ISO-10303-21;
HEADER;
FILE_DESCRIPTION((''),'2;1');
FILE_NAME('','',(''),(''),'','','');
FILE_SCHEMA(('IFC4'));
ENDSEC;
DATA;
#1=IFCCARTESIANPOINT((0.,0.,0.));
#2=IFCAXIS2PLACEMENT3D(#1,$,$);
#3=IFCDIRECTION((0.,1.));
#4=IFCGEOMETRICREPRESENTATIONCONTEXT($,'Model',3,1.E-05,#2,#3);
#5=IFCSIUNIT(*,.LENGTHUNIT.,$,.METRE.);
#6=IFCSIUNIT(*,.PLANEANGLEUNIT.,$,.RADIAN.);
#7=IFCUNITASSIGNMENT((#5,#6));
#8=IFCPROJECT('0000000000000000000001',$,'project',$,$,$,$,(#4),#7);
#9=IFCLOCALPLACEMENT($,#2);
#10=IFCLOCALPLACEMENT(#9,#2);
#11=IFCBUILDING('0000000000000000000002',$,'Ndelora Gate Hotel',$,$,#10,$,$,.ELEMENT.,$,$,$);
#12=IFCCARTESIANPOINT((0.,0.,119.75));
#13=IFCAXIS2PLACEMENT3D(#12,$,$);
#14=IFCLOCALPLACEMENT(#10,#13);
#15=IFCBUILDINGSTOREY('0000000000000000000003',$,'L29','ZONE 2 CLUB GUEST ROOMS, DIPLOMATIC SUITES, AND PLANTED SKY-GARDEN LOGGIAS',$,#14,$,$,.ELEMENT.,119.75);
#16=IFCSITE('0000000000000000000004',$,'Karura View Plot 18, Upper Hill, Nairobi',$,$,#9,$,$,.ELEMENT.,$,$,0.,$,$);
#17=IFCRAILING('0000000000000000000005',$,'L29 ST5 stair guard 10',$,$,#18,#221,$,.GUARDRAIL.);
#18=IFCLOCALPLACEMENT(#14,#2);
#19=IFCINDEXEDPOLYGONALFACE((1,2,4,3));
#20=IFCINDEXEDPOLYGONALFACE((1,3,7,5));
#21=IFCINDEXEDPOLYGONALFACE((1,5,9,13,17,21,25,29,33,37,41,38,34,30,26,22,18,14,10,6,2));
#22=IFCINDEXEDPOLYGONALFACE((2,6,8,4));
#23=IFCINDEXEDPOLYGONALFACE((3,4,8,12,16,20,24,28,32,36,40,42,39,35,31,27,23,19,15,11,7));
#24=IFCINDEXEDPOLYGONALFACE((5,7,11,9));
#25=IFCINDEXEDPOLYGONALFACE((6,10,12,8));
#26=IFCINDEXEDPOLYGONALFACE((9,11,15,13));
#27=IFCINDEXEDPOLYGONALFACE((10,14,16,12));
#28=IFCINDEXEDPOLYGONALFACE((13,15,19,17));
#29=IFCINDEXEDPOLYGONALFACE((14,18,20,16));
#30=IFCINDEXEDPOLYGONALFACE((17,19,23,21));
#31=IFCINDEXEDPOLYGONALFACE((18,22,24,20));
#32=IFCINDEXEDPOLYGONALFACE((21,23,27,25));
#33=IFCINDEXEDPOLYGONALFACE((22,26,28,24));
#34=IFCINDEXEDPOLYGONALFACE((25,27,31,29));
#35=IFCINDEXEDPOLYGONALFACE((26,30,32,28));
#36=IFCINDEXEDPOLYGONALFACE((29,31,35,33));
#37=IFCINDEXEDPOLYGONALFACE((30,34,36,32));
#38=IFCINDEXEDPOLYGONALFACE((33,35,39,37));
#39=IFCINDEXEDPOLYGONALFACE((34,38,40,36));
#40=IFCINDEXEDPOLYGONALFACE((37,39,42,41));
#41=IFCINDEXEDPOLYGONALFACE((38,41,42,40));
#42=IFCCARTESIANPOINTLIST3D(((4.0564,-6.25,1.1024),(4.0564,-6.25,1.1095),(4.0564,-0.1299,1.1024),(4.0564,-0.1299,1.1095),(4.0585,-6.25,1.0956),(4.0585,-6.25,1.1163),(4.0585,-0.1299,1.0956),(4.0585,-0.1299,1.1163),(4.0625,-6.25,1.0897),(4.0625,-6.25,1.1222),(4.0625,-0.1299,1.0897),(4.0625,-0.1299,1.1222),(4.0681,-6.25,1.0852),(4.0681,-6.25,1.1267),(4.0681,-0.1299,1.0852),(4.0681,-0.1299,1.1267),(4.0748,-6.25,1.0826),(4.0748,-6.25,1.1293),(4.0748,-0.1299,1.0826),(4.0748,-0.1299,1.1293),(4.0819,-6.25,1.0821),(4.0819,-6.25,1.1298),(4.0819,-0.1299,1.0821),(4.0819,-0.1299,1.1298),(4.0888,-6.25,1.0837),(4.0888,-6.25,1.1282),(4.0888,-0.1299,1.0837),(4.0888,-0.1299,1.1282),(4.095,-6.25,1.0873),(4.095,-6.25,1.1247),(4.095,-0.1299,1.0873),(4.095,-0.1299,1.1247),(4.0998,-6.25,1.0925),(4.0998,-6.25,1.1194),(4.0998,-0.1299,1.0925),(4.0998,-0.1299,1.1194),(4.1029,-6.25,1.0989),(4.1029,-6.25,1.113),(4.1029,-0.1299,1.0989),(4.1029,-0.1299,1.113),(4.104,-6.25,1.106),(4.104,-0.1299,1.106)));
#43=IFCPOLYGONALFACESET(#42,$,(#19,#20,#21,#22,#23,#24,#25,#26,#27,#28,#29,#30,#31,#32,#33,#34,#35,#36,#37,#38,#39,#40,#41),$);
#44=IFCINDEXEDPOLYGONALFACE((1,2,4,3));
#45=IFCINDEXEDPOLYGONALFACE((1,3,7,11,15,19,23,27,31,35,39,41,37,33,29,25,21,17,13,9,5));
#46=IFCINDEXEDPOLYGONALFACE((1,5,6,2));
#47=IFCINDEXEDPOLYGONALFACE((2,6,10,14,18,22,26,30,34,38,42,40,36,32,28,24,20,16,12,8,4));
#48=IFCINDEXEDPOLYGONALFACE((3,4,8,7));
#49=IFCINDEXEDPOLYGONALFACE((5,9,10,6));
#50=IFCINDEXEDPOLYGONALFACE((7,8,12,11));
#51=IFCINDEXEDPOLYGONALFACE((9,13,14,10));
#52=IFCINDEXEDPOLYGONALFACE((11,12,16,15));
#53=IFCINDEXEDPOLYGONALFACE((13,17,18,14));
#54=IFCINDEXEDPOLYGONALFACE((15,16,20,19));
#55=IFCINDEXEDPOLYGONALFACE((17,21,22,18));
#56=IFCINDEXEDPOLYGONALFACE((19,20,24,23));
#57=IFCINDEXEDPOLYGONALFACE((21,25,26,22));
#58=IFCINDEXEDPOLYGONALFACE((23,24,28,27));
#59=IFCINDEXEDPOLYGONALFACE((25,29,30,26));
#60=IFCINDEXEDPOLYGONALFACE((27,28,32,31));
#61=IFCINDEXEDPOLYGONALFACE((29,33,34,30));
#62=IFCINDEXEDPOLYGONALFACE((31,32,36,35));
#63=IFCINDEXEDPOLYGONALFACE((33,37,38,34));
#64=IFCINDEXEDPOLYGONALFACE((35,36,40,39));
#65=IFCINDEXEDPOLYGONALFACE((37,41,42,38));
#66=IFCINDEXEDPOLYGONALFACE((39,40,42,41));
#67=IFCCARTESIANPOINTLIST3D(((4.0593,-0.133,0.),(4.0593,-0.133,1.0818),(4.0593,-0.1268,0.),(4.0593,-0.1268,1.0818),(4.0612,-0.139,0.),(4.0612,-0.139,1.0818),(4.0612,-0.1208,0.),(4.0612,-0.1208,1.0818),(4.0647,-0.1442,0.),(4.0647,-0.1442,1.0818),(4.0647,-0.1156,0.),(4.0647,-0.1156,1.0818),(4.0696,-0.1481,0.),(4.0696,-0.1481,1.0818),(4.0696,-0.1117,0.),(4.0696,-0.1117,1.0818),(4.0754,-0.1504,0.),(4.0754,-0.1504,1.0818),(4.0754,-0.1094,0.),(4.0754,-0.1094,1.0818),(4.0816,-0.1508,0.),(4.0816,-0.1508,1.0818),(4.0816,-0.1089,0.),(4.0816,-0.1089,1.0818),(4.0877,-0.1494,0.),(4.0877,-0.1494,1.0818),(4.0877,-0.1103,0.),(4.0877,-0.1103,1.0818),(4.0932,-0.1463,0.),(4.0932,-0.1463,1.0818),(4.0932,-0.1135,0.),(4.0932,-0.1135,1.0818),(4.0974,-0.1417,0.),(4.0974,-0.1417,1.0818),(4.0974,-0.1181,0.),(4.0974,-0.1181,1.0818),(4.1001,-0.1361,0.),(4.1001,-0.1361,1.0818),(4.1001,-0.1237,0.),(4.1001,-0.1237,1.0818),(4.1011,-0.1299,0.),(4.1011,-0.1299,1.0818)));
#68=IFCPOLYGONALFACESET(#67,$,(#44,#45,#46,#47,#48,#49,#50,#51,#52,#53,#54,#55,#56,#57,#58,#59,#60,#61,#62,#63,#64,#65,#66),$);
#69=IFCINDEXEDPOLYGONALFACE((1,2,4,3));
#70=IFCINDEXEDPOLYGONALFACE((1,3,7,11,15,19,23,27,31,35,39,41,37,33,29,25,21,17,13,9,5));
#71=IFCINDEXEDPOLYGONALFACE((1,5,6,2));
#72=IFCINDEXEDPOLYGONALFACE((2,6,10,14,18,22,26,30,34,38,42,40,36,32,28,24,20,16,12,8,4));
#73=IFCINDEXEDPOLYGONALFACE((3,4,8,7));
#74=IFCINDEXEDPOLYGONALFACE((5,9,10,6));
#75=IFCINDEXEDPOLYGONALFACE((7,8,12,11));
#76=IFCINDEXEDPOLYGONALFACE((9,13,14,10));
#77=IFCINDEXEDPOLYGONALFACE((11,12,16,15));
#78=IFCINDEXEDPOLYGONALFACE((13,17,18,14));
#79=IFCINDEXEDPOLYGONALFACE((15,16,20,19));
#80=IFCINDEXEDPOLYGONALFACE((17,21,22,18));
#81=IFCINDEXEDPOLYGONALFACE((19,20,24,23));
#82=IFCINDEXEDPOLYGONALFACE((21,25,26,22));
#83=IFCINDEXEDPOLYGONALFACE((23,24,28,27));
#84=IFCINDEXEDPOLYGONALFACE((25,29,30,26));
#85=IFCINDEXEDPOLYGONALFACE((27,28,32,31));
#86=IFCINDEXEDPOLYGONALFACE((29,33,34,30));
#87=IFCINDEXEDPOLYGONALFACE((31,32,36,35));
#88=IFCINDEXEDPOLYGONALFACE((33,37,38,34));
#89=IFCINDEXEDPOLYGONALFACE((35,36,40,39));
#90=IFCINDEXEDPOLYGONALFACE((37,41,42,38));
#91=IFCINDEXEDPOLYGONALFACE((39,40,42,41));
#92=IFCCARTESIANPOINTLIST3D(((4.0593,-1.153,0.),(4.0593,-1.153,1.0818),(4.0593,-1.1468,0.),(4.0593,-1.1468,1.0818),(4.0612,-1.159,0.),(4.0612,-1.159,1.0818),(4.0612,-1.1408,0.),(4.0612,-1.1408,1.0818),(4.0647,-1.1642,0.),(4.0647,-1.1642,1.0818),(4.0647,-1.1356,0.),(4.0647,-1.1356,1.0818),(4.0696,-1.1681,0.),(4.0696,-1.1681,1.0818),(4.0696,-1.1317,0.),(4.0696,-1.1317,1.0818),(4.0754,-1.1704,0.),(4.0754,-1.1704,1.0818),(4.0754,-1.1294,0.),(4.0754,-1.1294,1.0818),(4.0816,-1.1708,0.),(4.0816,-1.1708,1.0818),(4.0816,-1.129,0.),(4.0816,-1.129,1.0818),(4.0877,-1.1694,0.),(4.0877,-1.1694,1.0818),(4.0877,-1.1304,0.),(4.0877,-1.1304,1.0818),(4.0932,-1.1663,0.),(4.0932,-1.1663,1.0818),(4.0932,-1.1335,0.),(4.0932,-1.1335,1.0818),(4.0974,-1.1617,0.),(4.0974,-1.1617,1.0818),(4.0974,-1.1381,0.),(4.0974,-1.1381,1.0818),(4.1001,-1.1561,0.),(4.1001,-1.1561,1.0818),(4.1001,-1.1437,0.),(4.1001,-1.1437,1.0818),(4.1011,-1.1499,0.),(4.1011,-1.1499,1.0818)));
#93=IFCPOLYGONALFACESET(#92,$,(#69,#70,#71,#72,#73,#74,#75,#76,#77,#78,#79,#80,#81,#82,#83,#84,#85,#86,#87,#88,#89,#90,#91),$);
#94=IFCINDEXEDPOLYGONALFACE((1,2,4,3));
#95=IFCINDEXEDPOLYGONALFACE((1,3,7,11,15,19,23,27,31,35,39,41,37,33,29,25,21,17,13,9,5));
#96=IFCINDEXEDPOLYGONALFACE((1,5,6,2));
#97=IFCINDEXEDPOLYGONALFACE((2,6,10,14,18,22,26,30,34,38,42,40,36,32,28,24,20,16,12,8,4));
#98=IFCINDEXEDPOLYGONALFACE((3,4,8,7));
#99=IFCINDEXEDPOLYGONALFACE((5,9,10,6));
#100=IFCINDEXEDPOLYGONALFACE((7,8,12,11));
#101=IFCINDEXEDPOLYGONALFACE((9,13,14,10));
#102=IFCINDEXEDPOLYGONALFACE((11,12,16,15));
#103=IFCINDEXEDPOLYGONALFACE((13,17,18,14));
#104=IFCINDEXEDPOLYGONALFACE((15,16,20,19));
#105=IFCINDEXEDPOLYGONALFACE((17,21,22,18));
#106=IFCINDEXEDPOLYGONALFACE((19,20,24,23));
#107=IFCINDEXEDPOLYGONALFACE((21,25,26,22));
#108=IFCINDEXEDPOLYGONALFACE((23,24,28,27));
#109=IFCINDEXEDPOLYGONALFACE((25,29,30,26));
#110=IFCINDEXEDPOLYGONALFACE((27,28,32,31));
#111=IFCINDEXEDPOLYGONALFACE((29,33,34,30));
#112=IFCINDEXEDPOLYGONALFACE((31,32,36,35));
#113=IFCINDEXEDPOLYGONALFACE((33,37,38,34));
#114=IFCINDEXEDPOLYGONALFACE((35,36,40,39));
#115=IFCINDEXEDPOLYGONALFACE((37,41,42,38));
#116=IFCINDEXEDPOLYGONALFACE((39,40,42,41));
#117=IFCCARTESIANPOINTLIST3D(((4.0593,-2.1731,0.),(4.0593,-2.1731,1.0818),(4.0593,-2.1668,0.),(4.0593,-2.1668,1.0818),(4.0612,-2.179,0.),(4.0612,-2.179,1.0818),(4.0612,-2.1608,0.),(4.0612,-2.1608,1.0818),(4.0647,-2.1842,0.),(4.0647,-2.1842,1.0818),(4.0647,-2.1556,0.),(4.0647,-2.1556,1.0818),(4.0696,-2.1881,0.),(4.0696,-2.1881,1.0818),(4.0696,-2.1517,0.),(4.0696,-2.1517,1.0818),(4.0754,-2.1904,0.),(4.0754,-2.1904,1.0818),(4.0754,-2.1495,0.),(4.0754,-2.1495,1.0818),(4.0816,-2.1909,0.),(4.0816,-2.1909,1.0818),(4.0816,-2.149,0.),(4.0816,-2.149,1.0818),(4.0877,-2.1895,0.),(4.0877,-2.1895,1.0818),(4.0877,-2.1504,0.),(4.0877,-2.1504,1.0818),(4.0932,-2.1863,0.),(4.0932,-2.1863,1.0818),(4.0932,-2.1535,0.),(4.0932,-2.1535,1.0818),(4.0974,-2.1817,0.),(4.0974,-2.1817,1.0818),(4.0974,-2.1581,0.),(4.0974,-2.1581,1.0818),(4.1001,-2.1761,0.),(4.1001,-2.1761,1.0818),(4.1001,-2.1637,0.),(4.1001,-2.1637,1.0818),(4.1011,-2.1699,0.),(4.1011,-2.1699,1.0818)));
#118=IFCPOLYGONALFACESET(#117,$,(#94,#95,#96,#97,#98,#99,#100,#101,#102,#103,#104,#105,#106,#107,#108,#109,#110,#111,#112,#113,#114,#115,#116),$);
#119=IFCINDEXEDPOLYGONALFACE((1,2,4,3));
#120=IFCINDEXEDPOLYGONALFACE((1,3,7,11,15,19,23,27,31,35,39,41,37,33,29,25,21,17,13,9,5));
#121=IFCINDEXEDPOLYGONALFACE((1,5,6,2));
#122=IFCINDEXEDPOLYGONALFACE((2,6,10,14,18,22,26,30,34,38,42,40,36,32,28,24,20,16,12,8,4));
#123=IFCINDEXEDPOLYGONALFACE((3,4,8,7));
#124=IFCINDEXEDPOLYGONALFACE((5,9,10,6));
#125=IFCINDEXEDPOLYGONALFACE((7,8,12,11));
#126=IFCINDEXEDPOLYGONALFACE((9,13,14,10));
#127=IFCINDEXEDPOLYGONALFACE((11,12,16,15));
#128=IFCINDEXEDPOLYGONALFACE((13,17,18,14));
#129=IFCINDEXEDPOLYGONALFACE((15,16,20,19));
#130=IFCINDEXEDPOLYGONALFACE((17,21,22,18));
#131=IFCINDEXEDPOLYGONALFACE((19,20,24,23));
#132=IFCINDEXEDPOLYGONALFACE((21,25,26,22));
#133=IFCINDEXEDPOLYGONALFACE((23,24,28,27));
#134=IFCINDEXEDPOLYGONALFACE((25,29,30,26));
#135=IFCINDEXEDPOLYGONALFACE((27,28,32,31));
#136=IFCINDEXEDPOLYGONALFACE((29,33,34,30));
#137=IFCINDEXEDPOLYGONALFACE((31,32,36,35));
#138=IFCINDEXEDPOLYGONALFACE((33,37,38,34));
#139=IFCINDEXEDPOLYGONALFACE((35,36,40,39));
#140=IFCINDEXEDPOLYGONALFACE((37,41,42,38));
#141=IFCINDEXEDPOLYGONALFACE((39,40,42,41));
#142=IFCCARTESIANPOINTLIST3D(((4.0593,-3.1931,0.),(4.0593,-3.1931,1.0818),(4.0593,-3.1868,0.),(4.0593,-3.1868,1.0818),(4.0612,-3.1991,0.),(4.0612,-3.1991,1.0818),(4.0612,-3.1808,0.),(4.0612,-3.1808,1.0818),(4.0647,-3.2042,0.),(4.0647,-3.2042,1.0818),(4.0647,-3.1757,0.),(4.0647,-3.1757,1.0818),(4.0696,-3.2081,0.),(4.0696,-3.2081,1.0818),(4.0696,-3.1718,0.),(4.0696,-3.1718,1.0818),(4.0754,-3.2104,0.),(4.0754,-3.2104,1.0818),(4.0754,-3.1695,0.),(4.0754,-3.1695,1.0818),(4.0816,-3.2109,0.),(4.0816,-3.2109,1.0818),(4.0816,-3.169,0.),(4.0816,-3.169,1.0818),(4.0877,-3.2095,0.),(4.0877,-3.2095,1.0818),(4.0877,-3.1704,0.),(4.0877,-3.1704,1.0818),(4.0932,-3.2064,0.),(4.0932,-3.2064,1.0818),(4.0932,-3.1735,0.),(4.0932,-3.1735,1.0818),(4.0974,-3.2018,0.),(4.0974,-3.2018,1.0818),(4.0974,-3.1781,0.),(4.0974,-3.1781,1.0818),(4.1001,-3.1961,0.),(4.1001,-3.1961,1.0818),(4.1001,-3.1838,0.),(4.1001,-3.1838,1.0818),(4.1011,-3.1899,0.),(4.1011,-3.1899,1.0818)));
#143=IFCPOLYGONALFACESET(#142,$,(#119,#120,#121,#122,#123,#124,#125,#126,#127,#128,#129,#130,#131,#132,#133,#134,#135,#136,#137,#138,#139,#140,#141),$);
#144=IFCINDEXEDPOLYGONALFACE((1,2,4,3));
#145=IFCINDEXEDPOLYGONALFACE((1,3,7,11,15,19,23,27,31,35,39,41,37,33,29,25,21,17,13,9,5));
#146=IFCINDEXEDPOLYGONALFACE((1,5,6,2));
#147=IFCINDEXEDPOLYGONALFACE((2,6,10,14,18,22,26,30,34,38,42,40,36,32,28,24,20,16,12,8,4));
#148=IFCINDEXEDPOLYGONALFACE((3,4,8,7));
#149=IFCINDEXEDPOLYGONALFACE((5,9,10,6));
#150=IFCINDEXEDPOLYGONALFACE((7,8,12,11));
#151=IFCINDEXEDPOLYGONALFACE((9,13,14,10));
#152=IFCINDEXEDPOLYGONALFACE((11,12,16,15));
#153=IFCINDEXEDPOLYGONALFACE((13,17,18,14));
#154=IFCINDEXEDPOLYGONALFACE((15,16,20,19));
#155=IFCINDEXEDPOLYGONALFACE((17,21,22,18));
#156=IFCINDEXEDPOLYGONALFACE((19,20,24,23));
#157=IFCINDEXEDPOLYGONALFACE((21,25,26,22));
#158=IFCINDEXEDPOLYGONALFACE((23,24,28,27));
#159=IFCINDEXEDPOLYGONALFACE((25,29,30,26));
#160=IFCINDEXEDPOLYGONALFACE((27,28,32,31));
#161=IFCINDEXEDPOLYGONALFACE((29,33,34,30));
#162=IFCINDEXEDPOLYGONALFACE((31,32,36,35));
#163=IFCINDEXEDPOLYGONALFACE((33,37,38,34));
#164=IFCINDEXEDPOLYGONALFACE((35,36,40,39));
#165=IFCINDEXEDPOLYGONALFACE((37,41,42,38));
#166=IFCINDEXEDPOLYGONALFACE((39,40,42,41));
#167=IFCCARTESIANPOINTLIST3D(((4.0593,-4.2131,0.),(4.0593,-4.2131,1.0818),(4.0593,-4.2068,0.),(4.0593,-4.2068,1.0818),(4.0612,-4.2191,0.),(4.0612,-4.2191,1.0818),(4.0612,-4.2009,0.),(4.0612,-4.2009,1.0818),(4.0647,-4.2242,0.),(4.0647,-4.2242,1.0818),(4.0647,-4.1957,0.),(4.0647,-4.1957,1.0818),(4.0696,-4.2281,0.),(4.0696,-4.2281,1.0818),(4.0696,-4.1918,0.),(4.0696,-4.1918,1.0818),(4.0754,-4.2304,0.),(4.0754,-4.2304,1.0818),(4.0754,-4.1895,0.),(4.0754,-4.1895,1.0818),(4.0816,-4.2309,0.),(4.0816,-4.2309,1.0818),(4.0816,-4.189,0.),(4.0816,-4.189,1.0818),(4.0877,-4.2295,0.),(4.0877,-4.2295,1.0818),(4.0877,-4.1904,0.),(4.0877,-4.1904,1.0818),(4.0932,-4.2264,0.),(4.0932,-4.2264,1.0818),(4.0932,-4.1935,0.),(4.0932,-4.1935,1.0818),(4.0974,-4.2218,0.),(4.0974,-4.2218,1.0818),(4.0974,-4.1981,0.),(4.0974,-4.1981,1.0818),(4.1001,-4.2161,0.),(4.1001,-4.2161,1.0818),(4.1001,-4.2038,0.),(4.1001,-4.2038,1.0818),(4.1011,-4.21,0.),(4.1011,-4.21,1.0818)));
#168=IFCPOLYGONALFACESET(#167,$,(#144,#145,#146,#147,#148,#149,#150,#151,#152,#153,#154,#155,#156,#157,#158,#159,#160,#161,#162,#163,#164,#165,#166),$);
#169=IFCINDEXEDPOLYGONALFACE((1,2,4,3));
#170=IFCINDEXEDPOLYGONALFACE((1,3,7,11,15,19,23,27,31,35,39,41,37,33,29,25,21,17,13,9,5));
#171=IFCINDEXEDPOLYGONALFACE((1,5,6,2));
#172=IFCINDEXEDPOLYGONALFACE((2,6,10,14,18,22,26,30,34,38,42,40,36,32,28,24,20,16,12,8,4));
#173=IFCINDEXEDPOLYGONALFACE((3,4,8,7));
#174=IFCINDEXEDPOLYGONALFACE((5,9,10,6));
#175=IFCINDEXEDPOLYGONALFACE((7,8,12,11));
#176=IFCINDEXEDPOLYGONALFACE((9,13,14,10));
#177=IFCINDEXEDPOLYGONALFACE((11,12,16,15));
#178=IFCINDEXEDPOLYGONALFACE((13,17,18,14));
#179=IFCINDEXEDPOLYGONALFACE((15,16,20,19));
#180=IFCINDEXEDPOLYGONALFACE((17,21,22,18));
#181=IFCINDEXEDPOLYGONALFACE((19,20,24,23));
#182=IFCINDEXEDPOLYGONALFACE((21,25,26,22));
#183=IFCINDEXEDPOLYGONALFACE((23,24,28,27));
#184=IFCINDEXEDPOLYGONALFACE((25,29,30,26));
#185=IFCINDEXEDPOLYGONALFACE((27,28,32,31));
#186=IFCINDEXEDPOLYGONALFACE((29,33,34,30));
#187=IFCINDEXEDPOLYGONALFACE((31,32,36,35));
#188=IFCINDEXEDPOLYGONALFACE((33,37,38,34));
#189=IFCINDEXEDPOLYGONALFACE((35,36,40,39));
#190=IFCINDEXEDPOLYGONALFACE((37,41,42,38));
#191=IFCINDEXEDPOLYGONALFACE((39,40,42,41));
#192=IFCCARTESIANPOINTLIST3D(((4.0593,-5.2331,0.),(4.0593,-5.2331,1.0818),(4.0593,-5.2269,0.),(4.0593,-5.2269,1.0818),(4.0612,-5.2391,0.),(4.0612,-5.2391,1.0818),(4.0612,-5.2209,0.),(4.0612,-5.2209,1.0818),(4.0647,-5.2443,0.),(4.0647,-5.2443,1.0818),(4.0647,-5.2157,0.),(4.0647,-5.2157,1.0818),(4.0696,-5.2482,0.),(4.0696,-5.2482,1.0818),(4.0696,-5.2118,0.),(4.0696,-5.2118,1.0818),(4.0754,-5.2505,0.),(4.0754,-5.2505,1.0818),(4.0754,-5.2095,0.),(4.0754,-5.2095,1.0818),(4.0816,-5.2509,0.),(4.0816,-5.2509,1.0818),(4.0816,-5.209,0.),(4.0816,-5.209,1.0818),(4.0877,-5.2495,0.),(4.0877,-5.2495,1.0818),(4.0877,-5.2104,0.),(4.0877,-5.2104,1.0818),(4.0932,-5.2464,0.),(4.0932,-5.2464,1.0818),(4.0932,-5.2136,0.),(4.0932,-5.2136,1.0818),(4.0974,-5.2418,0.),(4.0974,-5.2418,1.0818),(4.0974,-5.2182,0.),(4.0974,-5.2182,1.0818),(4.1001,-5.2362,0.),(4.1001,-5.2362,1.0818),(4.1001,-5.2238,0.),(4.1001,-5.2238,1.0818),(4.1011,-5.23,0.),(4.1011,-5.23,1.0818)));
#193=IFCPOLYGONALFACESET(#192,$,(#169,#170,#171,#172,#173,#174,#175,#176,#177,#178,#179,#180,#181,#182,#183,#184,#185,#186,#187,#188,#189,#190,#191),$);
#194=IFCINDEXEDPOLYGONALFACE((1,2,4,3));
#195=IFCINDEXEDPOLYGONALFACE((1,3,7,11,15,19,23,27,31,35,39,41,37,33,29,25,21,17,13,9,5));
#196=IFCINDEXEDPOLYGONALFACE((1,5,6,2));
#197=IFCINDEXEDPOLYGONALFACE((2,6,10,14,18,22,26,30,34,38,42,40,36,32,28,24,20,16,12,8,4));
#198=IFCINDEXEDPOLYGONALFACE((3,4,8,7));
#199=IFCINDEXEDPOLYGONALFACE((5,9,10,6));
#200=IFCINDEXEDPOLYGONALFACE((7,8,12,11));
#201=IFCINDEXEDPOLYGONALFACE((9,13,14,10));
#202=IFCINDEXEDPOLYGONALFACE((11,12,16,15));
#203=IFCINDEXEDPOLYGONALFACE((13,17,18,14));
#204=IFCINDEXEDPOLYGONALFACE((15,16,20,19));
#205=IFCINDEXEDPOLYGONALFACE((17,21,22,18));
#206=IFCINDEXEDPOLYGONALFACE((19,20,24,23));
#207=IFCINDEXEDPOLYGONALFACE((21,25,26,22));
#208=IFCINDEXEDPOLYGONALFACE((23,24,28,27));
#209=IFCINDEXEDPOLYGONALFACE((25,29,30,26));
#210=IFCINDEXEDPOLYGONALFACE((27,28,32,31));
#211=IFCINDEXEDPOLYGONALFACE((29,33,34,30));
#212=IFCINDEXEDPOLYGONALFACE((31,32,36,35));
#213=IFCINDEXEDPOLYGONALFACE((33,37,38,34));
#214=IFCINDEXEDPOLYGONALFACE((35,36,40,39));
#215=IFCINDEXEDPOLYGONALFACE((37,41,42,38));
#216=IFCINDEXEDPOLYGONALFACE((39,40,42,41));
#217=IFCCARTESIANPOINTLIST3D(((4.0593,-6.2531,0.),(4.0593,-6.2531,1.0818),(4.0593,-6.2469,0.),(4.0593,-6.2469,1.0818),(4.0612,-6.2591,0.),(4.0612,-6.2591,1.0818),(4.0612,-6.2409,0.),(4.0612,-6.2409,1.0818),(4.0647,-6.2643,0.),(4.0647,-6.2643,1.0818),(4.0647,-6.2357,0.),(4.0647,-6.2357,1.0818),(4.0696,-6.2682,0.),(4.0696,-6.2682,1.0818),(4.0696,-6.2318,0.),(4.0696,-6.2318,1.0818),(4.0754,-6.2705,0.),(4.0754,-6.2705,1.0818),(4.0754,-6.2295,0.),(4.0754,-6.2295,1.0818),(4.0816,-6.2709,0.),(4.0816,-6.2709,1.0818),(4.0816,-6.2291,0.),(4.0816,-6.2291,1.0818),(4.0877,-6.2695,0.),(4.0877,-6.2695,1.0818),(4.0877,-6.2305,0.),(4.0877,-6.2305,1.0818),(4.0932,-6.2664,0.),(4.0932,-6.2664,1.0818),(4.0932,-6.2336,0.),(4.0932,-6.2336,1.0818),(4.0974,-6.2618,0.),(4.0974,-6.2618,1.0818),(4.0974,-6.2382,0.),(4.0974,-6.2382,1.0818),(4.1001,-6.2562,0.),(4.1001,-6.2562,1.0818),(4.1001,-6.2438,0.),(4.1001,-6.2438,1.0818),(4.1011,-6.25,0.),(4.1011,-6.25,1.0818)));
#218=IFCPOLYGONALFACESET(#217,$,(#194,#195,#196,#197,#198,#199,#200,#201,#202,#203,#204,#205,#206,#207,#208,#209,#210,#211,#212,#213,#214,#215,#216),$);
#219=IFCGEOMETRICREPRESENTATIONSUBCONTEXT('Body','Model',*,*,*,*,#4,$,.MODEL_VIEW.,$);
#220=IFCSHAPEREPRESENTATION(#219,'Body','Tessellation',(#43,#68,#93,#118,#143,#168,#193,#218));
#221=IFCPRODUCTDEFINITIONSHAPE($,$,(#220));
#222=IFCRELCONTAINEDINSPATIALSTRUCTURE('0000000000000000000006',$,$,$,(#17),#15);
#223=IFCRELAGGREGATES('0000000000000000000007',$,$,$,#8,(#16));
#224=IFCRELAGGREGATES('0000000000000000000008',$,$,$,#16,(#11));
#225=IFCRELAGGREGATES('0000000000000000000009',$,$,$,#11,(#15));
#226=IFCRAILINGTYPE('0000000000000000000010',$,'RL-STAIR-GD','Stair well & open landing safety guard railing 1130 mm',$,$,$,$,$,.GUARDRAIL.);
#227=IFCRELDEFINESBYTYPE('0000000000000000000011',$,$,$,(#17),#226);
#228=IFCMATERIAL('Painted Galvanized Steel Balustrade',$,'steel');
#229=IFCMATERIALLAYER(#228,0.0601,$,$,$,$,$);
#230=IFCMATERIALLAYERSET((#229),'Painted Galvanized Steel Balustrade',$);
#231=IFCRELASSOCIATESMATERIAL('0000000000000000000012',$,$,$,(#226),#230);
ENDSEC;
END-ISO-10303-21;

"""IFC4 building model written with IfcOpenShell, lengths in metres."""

from ifc_helpers import new_model, si_unit, direction, frame, origin, origin_2d, place, context, subcontext, project, spatial, circle, extrude, material, layer, layer_set, type_object, element, save


model = new_model("IFC4")

# Units and contexts
model_context = context("Model", 3, precision=1e-05, world=origin(), true_north=direction((0.0, 1.0)))
body_context = subcontext(model_context, "Body", "Model", "MODEL_VIEW")
ifc_project = project(units=[si_unit("LENGTHUNIT", "METRE"), si_unit("PLANEANGLEUNIT", "RADIAN")], contexts=[model_context])

# Site, building, storey
site_placement = place(None, origin())
site = spatial("IfcSite", under=ifc_project, at=site_placement, Name="Karura View Plot 18, Upper Hill, Nairobi", CompositionType="ELEMENT", RefElevation=0.0)
building_placement = place(site_placement, origin())
building = spatial("IfcBuilding", under=site, at=building_placement, Name="Ndelora Gate Hotel", CompositionType="ELEMENT")
storey_placement = place(building_placement, frame((0.0, 0.0, 119.75)))
storey = spatial("IfcBuildingStorey", under=building, at=storey_placement, Name="L29", Description="ZONE 2 CLUB GUEST ROOMS, DIPLOMATIC SUITES, AND PLANTED SKY-GARDEN LOGGIAS", CompositionType="ELEMENT", Elevation=119.75)

# Railing
ifc_material_1 = material(Name="Painted Galvanized Steel Balustrade", Category="steel")
ifc_layer_1 = layer(ifc_material_1, 0.0601)
ifc_layer_set_1 = layer_set([ifc_layer_1], Name="Painted Galvanized Steel Balustrade")
railing_type_1 = type_object("IfcRailingType", Name="RL-STAIR-GD", Description="Stair well & open landing safety guard railing 1130 mm", PredefinedType="GUARDRAIL", material=ifc_layer_set_1)
railing_1_placement = place(storey_placement, frame((4.0801, -0.1299, 0.0)))
element("IfcRailing", 1, at=railing_1_placement, inside=storey, type_object=railing_type_1, Name="L29 ST5 stair guard 10", PredefinedType="GUARDRAIL", context=body_context, shape_type="SweptSolid", body=[
    extrude(circle(Radius=0.0239, at=origin_2d()), frame((0.0, 0.0, 1.106), z_axis=(0.0, -1.0, 0.0), x_axis=(1.0, 0.0, 0.0)), (0.0, 0.0, 1.0), 6.1201),
    extrude(circle(Radius=0.021, at=origin_2d()), origin(), (0.0, 0.0, 1.0), 1.0818),
    extrude(circle(Radius=0.021, at=origin_2d()), frame((0.0, -1.02, 0.0)), (0.0, 0.0, 1.0), 1.0818),
    extrude(circle(Radius=0.021, at=origin_2d()), frame((0.0, -2.04, 0.0)), (0.0, 0.0, 1.0), 1.0818),
    extrude(circle(Radius=0.021, at=origin_2d()), frame((0.0, -3.0601, 0.0)), (0.0, 0.0, 1.0), 1.0818),
    extrude(circle(Radius=0.021, at=origin_2d()), frame((0.0, -4.0801, 0.0)), (0.0, 0.0, 1.0), 1.0818),
    extrude(circle(Radius=0.021, at=origin_2d()), frame((0.0, -5.1001, 0.0)), (0.0, 0.0, 1.0), 1.0818),
    extrude(circle(Radius=0.021, at=origin_2d()), frame((0.0, -6.1201, 0.0)), (0.0, 0.0, 1.0), 1.0818),
])

save(model, "model.ifc")
